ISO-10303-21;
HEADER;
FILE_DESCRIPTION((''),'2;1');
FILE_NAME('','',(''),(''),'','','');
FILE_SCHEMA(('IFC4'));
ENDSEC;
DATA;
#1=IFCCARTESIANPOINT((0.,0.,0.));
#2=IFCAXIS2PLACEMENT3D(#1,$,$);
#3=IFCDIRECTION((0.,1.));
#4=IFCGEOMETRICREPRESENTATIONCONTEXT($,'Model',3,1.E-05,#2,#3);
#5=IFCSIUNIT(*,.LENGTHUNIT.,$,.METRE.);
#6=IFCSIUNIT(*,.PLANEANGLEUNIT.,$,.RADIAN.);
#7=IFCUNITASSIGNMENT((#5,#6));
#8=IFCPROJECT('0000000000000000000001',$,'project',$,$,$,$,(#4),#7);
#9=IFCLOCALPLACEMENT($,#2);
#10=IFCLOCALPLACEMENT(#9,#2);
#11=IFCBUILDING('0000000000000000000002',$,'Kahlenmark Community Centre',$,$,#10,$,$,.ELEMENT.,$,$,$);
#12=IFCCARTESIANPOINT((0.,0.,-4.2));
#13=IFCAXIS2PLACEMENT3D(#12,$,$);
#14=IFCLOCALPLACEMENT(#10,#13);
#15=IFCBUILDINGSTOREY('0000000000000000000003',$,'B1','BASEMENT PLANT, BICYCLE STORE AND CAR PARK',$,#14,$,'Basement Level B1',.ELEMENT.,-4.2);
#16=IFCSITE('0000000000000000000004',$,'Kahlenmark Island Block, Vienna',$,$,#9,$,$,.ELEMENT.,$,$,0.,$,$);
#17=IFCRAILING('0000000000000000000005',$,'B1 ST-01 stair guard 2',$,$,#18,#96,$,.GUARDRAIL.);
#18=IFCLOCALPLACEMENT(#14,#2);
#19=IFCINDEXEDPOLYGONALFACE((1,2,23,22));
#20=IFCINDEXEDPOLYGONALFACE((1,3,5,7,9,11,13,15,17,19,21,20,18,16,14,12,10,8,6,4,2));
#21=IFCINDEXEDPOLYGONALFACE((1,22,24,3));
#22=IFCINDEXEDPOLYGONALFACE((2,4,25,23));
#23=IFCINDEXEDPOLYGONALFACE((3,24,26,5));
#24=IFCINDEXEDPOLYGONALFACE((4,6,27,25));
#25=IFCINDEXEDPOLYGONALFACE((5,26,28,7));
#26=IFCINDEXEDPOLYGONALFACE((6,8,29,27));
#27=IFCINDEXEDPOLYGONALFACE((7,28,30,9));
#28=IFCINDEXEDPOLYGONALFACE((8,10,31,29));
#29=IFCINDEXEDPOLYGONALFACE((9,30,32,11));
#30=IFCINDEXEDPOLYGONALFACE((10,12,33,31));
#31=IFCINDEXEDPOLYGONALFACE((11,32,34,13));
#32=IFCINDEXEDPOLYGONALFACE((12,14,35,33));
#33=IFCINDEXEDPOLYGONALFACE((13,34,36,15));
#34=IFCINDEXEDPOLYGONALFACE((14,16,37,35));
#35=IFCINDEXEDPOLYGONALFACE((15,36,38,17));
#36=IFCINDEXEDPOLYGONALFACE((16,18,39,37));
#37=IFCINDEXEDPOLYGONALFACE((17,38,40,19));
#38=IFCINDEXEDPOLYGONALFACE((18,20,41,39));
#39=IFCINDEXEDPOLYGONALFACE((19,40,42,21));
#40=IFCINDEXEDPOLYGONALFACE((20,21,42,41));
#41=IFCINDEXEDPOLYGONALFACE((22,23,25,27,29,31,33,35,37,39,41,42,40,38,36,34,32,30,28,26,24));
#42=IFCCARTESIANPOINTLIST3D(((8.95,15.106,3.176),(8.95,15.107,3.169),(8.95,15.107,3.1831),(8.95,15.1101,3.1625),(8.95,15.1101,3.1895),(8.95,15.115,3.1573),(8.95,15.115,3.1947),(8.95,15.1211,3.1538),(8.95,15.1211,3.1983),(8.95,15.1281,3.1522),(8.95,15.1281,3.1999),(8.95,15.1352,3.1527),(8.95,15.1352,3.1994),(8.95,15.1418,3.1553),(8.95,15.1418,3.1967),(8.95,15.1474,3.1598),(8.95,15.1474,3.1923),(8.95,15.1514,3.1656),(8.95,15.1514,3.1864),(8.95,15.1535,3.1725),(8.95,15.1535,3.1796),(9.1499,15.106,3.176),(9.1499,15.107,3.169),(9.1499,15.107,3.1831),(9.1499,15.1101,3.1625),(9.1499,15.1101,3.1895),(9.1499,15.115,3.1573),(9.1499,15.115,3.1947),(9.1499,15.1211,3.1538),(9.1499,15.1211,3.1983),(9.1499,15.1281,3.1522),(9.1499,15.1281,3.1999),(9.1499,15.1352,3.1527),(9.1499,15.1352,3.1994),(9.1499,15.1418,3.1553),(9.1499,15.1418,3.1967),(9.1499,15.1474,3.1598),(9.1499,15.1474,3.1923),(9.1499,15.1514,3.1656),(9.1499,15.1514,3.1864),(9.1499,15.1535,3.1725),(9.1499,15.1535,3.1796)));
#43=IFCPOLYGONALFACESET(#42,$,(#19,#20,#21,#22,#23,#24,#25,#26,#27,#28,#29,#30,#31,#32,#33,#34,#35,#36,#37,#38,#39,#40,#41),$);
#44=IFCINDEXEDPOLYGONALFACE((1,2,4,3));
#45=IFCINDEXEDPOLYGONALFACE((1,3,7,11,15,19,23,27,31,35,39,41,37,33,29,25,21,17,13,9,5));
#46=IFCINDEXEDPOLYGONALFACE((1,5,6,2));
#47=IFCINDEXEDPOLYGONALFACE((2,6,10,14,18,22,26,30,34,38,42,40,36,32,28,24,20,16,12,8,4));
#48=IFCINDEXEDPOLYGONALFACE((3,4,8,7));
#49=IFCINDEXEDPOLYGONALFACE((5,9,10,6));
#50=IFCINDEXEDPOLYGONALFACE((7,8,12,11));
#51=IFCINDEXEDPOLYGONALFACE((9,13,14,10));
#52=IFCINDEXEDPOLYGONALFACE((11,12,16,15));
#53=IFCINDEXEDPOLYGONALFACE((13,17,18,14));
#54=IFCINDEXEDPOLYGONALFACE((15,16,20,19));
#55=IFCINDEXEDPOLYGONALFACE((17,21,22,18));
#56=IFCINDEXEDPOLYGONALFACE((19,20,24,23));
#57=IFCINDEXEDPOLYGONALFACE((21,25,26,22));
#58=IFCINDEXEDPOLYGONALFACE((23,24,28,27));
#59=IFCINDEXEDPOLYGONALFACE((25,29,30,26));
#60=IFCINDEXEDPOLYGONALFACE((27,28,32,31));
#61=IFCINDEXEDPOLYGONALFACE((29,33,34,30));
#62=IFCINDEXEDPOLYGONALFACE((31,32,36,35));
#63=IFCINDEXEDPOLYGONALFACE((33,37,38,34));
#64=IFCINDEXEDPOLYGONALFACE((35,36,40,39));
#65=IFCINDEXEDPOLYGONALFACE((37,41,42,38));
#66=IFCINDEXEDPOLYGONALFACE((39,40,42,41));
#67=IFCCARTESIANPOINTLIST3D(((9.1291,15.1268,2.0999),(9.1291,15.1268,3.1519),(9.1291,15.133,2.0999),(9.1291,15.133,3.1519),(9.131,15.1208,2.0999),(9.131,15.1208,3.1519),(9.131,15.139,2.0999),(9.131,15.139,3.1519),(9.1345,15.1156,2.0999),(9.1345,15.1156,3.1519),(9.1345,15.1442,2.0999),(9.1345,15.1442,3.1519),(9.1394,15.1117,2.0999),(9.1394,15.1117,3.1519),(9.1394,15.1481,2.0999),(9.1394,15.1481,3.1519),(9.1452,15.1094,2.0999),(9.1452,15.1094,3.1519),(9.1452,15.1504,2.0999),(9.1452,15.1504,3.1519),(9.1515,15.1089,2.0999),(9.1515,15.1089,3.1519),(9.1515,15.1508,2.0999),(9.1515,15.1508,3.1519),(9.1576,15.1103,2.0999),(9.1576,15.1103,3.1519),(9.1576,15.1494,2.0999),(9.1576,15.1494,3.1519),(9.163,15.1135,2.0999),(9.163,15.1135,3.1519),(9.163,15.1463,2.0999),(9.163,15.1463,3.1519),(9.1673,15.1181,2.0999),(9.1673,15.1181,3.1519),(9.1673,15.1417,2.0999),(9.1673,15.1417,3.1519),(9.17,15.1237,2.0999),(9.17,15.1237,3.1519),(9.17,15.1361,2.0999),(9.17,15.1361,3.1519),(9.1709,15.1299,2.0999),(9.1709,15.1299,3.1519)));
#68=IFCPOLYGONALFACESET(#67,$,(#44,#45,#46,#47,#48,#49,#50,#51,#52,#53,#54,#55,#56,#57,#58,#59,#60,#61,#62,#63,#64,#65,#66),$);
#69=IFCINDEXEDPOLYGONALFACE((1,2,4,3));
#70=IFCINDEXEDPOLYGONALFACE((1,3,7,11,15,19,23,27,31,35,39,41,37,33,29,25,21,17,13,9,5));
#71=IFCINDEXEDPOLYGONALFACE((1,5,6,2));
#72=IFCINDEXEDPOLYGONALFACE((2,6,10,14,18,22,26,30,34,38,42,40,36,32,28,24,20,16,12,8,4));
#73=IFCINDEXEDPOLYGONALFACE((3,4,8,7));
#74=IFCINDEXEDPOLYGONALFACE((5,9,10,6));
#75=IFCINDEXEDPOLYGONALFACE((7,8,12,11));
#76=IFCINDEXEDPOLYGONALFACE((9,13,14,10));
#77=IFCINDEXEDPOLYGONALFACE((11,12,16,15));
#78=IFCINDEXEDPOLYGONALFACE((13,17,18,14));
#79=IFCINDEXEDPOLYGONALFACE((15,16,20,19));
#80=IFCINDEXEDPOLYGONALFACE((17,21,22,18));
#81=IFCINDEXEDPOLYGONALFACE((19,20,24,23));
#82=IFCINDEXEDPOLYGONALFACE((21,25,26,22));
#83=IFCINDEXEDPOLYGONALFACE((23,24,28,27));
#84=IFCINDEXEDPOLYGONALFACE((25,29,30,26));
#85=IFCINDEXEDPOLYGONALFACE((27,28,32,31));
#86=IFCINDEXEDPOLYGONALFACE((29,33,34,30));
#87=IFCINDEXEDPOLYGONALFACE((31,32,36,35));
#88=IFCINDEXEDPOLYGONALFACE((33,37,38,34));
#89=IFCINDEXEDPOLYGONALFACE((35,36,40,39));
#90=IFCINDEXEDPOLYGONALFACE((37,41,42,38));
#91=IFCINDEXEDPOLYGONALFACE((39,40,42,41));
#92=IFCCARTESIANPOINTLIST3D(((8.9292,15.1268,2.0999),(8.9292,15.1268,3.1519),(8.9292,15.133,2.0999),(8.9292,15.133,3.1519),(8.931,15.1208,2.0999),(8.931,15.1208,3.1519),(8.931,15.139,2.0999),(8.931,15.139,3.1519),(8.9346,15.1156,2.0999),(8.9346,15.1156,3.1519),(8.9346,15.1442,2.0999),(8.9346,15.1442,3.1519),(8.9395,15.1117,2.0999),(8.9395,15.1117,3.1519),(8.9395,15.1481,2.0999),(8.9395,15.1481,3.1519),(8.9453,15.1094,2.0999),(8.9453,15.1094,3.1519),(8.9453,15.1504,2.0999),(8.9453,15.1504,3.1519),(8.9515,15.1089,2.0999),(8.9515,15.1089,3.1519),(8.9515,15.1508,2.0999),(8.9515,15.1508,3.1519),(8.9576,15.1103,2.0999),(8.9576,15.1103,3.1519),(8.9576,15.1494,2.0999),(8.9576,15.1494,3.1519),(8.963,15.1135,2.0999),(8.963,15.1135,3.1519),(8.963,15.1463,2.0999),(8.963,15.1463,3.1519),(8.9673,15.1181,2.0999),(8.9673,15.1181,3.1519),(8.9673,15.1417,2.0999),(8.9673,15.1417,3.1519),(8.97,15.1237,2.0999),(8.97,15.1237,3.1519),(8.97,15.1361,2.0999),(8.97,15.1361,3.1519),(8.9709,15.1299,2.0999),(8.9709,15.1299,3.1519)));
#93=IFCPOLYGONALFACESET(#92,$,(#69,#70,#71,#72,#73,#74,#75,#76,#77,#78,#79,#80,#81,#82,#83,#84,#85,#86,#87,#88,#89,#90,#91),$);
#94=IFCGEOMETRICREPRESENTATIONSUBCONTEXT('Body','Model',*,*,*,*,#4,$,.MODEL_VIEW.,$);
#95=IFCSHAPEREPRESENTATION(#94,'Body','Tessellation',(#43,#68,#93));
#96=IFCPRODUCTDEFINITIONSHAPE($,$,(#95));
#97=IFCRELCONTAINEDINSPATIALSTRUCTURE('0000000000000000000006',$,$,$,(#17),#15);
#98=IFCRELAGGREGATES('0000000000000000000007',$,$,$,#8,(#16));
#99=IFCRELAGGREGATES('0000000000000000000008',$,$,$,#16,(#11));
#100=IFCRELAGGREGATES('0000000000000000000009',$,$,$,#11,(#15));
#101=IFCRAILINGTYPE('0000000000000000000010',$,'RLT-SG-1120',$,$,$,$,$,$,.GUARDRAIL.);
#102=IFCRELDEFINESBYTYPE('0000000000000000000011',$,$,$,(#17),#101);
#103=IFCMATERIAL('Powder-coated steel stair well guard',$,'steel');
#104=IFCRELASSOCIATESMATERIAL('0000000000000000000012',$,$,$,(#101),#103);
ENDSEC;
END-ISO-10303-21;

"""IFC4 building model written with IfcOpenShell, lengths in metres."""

from ifc_helpers import new_model, si_unit, direction, frame, origin, origin_2d, place, context, subcontext, project, spatial, circle, extrude, material, type_object, element, save


model = new_model("IFC4")

# Units and contexts
model_context = context("Model", 3, precision=1e-05, world=origin(), true_north=direction((0.0, 1.0)))
body_context = subcontext(model_context, "Body", "Model", "MODEL_VIEW")
ifc_project = project(units=[si_unit("LENGTHUNIT", "METRE"), si_unit("PLANEANGLEUNIT", "RADIAN")], contexts=[model_context])

# Site, building, storey
site_placement = place(None, origin())
site = spatial("IfcSite", under=ifc_project, at=site_placement, Name="Kahlenmark Island Block, Vienna", CompositionType="ELEMENT", RefElevation=0.0)
building_placement = place(site_placement, origin())
building = spatial("IfcBuilding", under=site, at=building_placement, Name="Kahlenmark Community Centre", CompositionType="ELEMENT")
storey_placement = place(building_placement, frame((0.0, 0.0, -4.2)))
storey = spatial("IfcBuildingStorey", under=building, at=storey_placement, Name="B1", Description="BASEMENT PLANT, BICYCLE STORE AND CAR PARK", LongName="Basement Level B1", CompositionType="ELEMENT", Elevation=-4.2)

# Railing
ifc_material_1 = material(Name="Powder-coated steel stair well guard", Category="steel")
railing_type_1 = type_object("IfcRailingType", Name="RLT-SG-1120", PredefinedType="GUARDRAIL", material=ifc_material_1)
railing_1_placement = place(storey_placement, frame((9.1499, 15.1299, 2.0999)))
element("IfcRailing", 1, at=railing_1_placement, inside=storey, type_object=railing_type_1, Name="B1 ST-01 stair guard 2", PredefinedType="GUARDRAIL", context=body_context, shape_type="SweptSolid", body=[
    extrude(circle(Radius=0.0239, at=origin_2d()), frame((0.0, 0.0, 1.0762), z_axis=(-1.0, 0.0, 0.0), x_axis=(0.0, -1.0, 0.0)), (0.0, 0.0, 1.0), 0.2),
    extrude(circle(Radius=0.021, at=origin_2d()), origin(), (0.0, 0.0, 1.0), 1.052),
    extrude(circle(Radius=0.021, at=origin_2d()), frame((-0.2, 0.0, 0.0)), (0.0, 0.0, 1.0), 1.052),
])

save(model, "model.ifc")
